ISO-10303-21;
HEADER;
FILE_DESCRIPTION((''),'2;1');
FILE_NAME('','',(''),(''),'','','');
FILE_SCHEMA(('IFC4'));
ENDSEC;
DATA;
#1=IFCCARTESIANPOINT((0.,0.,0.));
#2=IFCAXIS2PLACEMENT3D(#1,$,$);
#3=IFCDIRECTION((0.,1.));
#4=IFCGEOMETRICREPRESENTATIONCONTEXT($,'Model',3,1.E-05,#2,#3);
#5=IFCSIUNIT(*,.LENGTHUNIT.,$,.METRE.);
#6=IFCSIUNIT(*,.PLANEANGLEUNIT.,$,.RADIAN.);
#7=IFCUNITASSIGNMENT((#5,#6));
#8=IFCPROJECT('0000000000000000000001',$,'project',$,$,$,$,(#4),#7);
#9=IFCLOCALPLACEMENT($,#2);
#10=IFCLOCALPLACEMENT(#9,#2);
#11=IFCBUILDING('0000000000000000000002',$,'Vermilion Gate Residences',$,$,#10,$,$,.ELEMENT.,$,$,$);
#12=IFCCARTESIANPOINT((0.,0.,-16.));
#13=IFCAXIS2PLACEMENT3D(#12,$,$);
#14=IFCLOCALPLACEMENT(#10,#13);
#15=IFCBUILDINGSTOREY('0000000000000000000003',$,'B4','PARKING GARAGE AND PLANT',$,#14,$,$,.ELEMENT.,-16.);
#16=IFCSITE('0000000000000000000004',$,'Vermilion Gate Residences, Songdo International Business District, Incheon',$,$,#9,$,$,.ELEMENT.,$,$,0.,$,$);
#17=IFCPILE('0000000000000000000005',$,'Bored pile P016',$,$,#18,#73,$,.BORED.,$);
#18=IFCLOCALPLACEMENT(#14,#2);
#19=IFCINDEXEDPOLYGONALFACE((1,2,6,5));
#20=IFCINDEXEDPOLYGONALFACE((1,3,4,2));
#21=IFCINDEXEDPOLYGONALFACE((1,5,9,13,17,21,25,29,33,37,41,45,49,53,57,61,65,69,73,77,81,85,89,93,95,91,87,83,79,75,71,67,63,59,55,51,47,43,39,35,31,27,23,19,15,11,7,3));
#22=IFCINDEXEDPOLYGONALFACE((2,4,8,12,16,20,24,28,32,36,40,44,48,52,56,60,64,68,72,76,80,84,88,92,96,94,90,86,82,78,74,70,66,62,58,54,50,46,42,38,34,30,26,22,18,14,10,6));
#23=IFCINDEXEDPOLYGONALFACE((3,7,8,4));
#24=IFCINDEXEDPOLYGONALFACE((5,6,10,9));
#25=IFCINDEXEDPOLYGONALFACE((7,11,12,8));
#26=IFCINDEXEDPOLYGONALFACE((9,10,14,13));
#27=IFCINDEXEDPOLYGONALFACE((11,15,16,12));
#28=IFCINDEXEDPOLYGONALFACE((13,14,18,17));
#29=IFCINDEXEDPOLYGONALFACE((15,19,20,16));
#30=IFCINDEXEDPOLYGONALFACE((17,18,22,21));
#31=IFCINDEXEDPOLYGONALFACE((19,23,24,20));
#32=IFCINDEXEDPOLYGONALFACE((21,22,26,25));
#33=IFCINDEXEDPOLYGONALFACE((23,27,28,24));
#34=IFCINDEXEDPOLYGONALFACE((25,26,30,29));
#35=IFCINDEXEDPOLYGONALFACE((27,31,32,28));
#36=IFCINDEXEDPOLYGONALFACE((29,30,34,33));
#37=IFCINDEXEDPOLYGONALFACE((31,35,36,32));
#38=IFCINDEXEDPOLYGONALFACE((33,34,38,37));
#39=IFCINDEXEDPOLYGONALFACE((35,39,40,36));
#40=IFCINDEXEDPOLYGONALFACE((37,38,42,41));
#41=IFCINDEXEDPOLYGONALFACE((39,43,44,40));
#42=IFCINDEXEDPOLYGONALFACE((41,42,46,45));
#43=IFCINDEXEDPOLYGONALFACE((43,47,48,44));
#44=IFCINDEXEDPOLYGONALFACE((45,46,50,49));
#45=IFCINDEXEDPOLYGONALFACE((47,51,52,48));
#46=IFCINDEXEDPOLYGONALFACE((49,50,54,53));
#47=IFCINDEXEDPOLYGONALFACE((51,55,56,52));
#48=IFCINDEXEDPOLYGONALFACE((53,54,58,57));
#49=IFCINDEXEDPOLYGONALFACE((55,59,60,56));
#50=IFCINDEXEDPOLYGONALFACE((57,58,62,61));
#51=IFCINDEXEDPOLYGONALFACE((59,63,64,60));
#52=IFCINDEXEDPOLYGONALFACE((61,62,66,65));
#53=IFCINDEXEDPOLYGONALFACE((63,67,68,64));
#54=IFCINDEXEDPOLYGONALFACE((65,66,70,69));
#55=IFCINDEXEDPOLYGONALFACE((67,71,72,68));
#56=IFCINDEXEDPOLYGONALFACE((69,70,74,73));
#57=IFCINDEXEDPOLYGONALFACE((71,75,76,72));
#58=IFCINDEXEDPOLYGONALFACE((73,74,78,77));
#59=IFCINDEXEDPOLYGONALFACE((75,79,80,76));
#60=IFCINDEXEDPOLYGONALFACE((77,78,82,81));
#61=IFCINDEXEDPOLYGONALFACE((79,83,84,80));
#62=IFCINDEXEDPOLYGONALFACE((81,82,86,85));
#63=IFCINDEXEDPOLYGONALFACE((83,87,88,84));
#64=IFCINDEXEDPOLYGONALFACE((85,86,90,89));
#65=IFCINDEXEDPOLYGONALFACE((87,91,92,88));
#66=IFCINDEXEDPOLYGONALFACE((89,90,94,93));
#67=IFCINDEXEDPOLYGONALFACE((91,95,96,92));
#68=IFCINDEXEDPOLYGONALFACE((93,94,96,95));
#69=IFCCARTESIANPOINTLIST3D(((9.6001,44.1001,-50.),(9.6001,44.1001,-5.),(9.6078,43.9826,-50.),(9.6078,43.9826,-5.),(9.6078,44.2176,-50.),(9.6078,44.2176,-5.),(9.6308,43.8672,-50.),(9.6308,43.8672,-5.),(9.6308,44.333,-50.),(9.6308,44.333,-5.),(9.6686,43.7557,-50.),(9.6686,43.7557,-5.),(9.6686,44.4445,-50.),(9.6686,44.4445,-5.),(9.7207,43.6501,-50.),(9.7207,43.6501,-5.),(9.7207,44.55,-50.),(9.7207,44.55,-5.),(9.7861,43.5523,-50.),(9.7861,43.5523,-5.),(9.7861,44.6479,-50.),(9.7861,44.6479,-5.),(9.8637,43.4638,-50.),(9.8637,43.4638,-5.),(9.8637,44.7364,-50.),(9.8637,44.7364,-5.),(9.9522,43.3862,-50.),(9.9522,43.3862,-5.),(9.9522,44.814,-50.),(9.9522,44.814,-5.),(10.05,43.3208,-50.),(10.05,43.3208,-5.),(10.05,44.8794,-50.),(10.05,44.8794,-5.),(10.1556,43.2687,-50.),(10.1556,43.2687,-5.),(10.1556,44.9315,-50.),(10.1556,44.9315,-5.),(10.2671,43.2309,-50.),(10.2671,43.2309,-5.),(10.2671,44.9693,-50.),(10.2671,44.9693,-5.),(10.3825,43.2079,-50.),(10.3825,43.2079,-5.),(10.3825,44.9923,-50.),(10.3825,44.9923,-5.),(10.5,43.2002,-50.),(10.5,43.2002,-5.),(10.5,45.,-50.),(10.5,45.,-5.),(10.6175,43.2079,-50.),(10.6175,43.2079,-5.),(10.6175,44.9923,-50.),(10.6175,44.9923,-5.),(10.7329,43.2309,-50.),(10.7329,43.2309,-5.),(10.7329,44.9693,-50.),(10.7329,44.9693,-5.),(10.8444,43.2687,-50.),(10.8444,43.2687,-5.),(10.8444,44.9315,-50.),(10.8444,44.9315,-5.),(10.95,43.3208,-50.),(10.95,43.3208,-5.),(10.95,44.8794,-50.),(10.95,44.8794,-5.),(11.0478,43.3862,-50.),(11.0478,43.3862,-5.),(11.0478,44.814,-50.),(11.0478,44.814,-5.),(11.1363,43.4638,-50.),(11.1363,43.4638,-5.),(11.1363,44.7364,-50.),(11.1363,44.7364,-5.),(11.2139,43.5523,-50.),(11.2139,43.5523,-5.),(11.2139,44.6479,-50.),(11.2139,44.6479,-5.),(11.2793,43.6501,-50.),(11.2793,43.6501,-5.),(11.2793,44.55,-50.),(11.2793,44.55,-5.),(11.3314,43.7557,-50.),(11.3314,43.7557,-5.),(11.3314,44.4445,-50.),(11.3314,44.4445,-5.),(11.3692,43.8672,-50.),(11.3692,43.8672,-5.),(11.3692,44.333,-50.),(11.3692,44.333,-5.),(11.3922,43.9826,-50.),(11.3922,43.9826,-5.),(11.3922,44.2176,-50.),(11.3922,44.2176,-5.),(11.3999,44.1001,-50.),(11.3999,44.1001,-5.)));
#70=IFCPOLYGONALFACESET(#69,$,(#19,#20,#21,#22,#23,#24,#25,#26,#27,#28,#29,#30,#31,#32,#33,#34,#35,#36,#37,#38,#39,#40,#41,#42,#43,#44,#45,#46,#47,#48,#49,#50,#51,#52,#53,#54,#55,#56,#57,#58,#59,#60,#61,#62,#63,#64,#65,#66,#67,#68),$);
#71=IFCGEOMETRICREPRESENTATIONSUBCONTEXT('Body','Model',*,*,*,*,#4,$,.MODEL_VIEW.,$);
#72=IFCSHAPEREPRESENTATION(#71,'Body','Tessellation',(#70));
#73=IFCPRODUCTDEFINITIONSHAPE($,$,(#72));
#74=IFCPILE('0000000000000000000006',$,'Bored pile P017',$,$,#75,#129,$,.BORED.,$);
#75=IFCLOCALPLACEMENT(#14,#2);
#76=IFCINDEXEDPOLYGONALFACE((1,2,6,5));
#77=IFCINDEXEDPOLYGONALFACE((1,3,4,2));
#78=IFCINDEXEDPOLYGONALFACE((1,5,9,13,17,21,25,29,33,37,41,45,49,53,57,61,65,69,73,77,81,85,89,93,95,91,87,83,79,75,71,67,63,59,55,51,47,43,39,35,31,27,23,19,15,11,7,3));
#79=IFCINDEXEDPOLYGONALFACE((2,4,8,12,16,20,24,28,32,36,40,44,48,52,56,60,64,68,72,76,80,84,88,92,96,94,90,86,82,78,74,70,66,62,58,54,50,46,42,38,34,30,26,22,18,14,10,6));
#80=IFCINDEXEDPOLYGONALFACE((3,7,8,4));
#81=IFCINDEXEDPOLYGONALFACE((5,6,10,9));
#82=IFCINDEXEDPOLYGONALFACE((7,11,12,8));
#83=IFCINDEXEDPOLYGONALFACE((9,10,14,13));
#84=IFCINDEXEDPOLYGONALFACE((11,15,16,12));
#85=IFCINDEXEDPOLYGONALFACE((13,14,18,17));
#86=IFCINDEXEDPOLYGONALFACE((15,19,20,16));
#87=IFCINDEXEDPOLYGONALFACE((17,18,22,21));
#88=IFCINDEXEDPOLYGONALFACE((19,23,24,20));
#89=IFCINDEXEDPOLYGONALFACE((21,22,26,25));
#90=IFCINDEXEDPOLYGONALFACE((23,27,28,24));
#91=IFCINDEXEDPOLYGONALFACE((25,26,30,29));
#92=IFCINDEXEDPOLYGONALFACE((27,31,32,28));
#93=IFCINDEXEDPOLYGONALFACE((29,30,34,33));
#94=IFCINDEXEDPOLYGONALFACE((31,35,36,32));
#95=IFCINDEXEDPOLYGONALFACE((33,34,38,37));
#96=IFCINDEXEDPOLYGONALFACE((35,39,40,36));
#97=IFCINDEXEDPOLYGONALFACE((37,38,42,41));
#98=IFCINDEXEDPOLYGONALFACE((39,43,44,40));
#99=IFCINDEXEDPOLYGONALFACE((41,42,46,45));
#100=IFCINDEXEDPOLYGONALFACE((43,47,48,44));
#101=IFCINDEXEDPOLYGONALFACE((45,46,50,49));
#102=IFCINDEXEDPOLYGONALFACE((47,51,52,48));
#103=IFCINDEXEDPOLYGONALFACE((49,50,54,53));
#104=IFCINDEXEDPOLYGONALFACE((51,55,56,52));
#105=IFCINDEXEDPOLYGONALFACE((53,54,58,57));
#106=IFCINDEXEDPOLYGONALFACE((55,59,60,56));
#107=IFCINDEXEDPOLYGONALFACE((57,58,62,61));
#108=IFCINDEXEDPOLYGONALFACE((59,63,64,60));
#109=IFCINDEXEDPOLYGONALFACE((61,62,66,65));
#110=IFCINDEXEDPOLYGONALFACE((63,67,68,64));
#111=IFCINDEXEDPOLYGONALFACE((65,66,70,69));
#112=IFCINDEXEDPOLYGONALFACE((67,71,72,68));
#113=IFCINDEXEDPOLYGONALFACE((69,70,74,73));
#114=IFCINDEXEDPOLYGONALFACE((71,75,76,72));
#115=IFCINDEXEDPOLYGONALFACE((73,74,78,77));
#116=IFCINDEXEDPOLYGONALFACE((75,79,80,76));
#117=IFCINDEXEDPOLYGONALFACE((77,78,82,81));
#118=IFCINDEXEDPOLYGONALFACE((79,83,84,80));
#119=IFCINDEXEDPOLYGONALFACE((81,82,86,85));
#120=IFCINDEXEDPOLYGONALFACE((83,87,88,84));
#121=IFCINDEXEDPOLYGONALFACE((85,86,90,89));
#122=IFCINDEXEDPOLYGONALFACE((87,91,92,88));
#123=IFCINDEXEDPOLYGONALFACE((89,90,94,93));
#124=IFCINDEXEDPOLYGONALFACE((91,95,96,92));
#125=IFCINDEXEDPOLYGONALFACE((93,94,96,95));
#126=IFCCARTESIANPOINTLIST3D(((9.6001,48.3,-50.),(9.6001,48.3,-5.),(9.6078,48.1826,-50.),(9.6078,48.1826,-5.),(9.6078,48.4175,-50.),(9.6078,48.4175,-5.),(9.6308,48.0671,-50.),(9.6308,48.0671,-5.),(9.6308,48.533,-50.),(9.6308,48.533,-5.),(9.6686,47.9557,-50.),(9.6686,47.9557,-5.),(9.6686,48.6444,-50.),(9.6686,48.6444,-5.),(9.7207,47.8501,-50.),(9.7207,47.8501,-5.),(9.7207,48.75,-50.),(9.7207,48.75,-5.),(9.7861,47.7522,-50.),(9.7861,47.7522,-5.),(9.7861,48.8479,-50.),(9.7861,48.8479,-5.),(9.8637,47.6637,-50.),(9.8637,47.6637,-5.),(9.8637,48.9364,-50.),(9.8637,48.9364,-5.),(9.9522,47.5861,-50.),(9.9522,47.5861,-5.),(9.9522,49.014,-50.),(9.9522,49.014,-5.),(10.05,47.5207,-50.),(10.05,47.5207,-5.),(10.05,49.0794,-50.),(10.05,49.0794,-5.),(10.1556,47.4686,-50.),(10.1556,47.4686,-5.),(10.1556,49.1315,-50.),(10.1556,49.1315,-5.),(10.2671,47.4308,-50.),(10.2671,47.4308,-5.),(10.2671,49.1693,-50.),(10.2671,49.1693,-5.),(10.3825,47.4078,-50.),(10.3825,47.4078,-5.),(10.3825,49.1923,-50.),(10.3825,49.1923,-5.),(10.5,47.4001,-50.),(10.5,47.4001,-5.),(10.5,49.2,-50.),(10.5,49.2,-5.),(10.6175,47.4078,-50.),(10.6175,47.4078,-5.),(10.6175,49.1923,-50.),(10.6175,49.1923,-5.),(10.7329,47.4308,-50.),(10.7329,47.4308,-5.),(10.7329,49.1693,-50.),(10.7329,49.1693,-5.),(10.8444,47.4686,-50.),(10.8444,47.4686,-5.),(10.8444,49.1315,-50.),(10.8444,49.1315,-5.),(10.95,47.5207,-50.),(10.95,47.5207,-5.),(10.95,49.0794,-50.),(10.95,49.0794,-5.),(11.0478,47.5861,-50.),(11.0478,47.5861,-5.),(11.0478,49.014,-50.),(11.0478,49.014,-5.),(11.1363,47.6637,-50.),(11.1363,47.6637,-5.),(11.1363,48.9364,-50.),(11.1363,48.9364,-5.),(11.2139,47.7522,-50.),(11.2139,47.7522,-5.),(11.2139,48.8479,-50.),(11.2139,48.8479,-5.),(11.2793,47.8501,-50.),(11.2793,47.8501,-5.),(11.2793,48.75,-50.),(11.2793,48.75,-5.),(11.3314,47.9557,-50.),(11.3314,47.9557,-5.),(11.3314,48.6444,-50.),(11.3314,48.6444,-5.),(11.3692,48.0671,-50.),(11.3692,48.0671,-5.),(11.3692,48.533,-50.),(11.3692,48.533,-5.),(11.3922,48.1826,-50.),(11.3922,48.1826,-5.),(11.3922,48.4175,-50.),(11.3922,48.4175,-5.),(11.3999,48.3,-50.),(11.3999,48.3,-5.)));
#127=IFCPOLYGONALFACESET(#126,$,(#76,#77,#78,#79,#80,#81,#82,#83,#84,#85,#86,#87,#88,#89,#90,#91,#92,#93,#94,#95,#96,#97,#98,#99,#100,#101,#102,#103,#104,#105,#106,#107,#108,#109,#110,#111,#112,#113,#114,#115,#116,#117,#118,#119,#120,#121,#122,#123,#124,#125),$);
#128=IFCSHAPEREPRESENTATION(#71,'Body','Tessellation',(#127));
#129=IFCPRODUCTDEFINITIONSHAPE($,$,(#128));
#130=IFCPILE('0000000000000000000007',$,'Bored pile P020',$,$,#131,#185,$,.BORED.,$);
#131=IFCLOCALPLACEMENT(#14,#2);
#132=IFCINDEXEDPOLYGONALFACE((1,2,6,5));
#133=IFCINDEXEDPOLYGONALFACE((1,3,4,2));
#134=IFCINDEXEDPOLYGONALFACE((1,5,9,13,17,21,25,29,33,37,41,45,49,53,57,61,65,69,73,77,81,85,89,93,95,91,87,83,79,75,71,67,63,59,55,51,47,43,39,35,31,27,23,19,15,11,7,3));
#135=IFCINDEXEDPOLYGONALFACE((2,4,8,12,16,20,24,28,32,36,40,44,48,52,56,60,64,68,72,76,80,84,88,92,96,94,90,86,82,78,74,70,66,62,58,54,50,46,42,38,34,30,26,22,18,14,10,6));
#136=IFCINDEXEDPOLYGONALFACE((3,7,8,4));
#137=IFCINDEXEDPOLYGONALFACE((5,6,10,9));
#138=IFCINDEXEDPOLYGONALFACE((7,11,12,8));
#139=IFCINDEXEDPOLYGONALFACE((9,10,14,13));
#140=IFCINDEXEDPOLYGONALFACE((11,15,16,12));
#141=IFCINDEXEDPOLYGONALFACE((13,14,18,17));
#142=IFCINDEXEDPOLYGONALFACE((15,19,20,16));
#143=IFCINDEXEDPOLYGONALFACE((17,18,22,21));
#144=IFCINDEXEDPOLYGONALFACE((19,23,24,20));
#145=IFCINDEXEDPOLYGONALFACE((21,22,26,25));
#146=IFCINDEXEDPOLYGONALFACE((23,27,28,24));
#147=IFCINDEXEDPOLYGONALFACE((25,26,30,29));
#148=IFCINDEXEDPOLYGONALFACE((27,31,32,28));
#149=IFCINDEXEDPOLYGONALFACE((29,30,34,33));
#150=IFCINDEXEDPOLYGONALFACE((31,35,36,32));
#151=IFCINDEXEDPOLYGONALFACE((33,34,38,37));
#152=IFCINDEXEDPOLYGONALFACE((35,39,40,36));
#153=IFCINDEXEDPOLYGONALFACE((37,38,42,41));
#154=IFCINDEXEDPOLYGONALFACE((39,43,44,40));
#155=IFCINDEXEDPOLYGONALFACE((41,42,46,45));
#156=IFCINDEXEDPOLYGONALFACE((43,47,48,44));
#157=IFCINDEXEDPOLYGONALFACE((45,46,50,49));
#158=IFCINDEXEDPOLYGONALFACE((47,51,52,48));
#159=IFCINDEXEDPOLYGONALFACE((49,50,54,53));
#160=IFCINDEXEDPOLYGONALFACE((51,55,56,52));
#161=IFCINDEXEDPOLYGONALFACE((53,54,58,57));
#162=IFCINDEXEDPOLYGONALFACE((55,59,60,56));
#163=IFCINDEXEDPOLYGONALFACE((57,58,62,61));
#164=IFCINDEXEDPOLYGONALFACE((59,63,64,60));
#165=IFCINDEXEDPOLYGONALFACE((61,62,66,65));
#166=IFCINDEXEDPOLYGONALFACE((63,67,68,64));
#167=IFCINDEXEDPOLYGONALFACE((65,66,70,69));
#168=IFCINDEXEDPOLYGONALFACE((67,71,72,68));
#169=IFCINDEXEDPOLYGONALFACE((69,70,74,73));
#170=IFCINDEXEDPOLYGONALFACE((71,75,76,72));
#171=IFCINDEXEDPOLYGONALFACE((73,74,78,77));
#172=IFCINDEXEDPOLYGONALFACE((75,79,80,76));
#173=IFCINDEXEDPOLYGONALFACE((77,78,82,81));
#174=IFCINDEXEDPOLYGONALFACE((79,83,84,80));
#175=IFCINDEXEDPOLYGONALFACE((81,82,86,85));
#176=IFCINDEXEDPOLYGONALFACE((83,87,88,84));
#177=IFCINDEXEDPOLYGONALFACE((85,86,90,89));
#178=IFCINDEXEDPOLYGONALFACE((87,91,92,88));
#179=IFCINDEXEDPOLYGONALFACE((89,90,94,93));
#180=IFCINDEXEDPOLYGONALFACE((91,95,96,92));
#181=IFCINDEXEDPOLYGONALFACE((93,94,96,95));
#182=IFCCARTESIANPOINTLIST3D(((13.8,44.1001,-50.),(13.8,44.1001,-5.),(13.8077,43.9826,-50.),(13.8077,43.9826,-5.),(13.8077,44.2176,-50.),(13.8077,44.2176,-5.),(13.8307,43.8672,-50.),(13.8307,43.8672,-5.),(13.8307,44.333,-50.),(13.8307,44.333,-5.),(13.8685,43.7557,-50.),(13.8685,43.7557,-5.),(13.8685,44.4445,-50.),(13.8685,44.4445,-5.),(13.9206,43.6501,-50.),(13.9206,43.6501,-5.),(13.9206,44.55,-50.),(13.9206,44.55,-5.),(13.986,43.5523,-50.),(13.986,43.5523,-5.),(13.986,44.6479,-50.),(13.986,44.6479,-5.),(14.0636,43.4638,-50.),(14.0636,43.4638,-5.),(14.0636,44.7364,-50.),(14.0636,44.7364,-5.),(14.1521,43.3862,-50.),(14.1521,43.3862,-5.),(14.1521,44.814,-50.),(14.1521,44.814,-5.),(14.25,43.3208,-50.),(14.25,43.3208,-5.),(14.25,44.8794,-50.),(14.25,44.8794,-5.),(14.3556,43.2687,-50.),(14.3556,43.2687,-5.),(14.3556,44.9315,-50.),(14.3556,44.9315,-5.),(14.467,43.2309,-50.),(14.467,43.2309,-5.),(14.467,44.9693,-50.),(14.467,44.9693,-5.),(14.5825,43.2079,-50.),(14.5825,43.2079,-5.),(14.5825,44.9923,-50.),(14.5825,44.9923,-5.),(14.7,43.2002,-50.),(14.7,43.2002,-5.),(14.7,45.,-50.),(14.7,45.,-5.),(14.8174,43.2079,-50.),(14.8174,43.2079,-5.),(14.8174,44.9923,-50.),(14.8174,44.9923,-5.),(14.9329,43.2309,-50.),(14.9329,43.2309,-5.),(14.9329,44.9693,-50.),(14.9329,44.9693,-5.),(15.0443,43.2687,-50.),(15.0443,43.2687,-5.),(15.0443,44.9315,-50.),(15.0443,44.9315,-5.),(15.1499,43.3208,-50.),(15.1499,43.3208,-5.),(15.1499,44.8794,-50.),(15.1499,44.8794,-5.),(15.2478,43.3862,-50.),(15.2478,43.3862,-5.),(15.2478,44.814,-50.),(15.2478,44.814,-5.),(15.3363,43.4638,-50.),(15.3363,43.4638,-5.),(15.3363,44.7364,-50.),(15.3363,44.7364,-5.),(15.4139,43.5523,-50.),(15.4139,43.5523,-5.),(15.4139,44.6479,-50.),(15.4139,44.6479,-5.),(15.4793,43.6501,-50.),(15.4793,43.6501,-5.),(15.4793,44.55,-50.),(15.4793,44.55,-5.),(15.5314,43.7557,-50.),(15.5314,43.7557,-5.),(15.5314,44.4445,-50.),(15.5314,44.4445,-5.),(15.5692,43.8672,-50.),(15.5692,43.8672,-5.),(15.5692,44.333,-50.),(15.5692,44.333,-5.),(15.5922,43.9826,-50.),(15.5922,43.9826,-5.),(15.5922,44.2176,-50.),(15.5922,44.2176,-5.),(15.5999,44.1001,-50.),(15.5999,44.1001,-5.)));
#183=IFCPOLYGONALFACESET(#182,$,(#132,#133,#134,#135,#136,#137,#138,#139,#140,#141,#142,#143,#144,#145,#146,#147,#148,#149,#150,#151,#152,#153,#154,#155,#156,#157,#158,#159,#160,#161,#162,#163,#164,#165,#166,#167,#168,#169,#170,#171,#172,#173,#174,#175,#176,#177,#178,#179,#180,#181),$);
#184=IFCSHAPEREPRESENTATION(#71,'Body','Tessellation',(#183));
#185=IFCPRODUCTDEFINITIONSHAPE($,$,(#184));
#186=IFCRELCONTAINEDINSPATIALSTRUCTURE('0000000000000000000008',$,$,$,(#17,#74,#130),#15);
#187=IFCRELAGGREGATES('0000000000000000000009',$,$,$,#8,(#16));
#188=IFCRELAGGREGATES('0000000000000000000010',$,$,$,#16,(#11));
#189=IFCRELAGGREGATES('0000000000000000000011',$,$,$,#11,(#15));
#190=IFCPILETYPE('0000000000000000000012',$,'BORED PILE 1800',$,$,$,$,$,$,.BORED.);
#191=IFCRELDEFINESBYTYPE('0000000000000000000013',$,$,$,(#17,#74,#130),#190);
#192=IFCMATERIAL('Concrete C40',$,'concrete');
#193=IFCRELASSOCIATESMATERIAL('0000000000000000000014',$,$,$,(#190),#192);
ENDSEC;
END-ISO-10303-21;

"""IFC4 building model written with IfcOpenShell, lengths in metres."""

from ifc_helpers import new_model, si_unit, direction, frame, origin, origin_2d, place, context, subcontext, project, spatial, circle, extrude, material, material_profile, profile_set, type_object, element, save


model = new_model("IFC4")

# Units and contexts
model_context = context("Model", 3, precision=1e-05, world=origin(), true_north=direction((0.0, 1.0)))
body_context = subcontext(model_context, "Body", "Model", "MODEL_VIEW")
ifc_project = project(units=[si_unit("LENGTHUNIT", "METRE"), si_unit("PLANEANGLEUNIT", "RADIAN")], contexts=[model_context])

# Site, building, storey
site_placement = place(None, origin())
site = spatial("IfcSite", under=ifc_project, at=site_placement, Name="Vermilion Gate Residences, Songdo International Business District, Incheon", CompositionType="ELEMENT", RefElevation=0.0)
building_placement = place(site_placement, origin())
building = spatial("IfcBuilding", under=site, at=building_placement, Name="Vermilion Gate Residences", CompositionType="ELEMENT")
storey_placement = place(building_placement, frame((0.0, 0.0, -16.0)))
storey = spatial("IfcBuildingStorey", under=building, at=storey_placement, Name="B4", Description="PARKING GARAGE AND PLANT", CompositionType="ELEMENT", Elevation=-16.0)

# Piles
ifc_material_1 = material(Name="Concrete C40", Category="concrete")
ifc_material_profile = material_profile(ifc_material_1, circle(Radius=0.8999, at=origin_2d()), Name="BORED PILE 1800")
ifc_profile_set = profile_set([ifc_material_profile], Name="Concrete C40")
pile_type = type_object("IfcPileType", Name="BORED PILE 1800", PredefinedType="BORED", material=ifc_profile_set)
for number, where, z_axis, x_axis, name in (
    (1, (10.5, 44.1001, -5.0), (0.0, 0.0, -1.0), (1.0, 0.0, 0.0), "Bored pile P016"),
    (2, (10.5, 48.3, -5.0), (0.0, 0.0, -1.0), (1.0, 0.0, 0.0), "Bored pile P017"),
    (3, (14.7, 44.1001, -5.0), (0.0, 0.0, -1.0), (1.0, 0.0, 0.0), "Bored pile P020"),
):
    element("IfcPile", number, at=place(storey_placement, frame(where, z_axis=z_axis, x_axis=x_axis)), inside=storey, type_object=pile_type, Name=name, PredefinedType="BORED", context=body_context, shape_type="SweptSolid", body=[
        extrude(circle(Radius=0.8999, at=origin_2d()), origin(), (0.0, 0.0, 1.0), 45.0),
    ])

save(model, "model.ifc")
